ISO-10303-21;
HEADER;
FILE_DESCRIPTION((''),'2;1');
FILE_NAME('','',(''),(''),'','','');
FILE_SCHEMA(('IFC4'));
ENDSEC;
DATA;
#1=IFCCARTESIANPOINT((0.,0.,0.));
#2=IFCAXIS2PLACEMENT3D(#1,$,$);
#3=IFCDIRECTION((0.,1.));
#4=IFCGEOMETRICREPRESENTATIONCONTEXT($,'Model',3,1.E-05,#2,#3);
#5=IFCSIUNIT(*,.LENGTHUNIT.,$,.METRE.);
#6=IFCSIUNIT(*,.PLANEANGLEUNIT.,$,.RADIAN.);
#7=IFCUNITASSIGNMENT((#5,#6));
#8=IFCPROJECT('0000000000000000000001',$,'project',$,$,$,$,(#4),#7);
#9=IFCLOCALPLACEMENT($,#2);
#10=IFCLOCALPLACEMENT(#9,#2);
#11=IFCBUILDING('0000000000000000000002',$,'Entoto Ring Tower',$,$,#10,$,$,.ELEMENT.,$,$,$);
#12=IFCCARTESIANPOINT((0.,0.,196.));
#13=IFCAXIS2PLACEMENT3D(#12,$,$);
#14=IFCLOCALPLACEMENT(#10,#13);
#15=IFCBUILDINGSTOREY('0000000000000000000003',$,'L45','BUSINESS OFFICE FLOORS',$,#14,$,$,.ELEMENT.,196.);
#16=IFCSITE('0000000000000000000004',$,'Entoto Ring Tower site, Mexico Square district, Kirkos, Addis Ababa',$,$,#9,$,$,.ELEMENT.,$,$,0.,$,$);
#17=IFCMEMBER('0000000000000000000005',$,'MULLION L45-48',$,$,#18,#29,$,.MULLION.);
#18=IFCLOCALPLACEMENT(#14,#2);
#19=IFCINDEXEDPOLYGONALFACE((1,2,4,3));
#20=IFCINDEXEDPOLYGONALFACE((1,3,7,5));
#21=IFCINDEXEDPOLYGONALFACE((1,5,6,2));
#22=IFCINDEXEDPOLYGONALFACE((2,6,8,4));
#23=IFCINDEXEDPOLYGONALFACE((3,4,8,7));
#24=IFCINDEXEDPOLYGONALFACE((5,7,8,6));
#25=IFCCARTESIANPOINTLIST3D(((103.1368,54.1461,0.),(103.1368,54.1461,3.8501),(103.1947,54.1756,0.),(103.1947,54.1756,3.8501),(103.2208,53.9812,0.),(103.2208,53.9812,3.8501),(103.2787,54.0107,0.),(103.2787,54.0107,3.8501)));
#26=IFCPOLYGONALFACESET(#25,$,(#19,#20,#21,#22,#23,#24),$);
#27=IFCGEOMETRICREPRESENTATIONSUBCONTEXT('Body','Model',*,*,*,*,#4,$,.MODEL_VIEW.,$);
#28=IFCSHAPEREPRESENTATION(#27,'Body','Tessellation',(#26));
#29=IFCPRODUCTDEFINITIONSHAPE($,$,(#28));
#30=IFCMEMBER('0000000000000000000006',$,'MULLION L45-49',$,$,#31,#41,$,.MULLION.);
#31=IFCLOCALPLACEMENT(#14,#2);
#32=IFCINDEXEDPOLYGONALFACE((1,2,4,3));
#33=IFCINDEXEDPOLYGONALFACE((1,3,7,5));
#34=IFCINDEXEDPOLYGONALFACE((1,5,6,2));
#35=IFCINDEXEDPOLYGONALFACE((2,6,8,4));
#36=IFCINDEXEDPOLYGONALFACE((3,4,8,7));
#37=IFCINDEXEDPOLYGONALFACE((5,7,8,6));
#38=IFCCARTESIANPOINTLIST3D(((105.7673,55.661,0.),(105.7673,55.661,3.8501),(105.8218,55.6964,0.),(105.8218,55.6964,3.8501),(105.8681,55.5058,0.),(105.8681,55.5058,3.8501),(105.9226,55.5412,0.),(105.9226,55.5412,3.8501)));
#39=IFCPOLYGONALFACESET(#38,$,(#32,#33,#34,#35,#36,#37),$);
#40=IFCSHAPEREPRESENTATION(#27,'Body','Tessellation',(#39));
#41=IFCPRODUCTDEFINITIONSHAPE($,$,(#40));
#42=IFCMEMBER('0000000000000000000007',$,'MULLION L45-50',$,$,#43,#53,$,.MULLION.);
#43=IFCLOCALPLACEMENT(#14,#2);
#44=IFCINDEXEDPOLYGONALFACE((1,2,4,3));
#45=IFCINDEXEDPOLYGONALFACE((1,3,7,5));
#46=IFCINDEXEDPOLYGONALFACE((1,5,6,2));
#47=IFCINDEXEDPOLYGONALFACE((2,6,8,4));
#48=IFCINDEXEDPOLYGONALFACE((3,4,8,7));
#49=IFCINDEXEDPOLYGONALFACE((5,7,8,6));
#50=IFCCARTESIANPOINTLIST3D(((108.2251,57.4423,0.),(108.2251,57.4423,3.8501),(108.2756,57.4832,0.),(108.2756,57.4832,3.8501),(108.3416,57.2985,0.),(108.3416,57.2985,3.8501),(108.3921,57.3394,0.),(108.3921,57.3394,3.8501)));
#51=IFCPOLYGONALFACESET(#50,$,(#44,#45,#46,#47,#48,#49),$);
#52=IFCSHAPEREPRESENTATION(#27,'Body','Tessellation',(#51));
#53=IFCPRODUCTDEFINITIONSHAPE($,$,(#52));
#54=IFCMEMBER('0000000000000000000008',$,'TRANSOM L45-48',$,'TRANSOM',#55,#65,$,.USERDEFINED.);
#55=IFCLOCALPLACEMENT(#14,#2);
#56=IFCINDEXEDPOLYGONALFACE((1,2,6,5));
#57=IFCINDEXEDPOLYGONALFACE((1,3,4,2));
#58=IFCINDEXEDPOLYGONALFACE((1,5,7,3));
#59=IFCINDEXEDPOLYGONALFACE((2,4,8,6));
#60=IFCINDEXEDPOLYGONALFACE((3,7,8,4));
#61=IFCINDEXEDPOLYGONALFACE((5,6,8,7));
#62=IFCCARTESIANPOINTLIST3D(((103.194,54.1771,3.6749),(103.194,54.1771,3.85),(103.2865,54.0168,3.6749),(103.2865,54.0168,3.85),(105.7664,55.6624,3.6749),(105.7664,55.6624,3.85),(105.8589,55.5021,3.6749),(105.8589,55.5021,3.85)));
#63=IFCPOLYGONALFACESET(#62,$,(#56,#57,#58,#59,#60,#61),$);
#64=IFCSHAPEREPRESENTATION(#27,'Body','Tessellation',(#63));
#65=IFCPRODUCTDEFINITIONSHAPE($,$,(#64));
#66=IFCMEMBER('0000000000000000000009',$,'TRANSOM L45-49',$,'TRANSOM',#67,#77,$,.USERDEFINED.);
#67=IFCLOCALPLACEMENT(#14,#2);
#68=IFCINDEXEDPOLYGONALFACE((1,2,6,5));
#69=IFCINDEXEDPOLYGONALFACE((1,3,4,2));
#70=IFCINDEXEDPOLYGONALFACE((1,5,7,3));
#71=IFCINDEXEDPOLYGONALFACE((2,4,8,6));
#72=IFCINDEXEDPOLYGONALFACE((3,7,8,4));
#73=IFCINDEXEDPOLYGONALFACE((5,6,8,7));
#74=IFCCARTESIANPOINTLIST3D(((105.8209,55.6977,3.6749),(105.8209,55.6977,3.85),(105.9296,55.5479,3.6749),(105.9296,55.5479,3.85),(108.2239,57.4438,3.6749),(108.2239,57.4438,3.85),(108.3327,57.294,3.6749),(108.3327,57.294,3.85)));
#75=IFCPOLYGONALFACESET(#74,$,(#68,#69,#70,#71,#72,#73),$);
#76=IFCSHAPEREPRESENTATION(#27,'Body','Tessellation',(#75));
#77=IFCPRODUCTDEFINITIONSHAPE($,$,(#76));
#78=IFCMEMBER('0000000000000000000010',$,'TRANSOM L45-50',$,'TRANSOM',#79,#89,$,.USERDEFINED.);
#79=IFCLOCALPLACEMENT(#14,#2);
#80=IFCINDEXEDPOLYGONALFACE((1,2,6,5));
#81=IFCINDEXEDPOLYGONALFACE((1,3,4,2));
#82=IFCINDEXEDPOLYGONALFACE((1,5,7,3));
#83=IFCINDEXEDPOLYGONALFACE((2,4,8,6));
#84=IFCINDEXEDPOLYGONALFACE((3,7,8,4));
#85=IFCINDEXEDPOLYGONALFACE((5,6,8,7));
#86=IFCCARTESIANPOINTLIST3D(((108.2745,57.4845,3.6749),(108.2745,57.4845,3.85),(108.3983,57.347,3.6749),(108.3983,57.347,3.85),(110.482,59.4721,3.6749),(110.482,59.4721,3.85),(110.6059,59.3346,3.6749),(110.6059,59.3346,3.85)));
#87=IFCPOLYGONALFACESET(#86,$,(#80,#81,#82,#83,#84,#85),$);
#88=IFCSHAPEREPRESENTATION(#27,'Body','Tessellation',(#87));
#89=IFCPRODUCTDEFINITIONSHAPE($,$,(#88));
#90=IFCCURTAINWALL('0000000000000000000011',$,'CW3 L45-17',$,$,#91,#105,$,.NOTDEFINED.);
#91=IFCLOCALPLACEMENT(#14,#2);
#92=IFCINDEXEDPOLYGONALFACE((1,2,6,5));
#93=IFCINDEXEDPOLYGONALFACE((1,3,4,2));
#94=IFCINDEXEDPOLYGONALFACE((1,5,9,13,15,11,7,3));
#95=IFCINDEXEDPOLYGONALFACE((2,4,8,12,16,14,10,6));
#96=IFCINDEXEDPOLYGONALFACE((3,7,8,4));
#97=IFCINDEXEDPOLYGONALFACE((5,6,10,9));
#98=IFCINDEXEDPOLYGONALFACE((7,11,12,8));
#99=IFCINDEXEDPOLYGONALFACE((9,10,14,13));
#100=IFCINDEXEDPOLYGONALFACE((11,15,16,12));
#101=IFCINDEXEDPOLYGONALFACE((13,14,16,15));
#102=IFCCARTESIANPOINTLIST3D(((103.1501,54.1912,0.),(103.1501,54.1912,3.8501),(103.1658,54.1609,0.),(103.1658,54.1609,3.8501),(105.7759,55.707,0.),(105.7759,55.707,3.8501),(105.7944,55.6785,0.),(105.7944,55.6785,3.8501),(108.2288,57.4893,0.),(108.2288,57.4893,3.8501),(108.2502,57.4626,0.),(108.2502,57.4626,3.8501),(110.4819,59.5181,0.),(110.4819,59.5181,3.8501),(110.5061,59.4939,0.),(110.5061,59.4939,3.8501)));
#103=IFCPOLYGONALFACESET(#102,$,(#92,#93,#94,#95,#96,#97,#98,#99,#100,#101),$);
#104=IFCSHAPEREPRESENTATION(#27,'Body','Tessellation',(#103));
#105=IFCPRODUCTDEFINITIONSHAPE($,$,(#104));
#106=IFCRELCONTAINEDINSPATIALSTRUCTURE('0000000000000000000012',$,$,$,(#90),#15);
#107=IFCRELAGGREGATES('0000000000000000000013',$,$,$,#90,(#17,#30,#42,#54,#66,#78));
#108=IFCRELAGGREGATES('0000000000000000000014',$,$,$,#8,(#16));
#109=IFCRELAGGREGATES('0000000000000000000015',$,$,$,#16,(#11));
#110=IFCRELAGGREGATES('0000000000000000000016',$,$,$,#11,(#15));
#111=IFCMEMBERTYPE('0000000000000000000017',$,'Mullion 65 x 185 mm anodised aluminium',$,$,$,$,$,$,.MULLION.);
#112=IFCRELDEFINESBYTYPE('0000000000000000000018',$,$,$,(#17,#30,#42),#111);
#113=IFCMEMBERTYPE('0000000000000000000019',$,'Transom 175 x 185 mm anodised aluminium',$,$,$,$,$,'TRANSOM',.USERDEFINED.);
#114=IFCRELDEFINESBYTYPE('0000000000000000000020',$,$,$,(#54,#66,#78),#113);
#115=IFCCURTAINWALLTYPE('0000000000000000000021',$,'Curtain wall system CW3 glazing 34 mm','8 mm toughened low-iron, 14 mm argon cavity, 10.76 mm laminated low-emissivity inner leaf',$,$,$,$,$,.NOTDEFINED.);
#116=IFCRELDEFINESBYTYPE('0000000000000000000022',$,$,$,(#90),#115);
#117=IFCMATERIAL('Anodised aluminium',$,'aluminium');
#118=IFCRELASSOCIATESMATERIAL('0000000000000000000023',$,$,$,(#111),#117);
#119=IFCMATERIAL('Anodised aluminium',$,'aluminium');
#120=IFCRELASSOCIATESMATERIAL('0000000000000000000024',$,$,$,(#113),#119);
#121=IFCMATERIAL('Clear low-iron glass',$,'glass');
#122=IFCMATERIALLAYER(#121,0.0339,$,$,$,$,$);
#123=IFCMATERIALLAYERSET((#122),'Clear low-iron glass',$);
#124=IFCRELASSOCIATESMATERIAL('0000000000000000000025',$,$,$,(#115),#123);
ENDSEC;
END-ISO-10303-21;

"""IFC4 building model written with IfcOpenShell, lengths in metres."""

from ifc_helpers import new_model, si_unit, direction, frame, origin, origin_2d, place, context, subcontext, project, spatial, polyline, rectangle, outline, extrude, material, layer, layer_set, material_profile, profile_set, type_object, element, aggregate, save


model = new_model("IFC4")

# Units and contexts
model_context = context("Model", 3, precision=1e-05, world=origin(), true_north=direction((0.0, 1.0)))
body_context = subcontext(model_context, "Body", "Model", "MODEL_VIEW")
ifc_project = project(units=[si_unit("LENGTHUNIT", "METRE"), si_unit("PLANEANGLEUNIT", "RADIAN")], contexts=[model_context])

# Members
ifc_material_1 = material(Name="Anodised aluminium", Category="aluminium")
ifc_material_profile_1 = material_profile(ifc_material_1, rectangle(XDim=0.0649, YDim=0.1851, at=origin_2d()), Name="Mullion 65 x 185 mm anodised aluminium")
ifc_profile_set_1 = profile_set([ifc_material_profile_1], Name="Anodised aluminium")
member_type_1 = type_object("IfcMemberType", Name="Mullion 65 x 185 mm anodised aluminium", PredefinedType="MULLION", material=ifc_profile_set_1)
site_placement = place(None, origin())
building_placement = place(site_placement, origin())
storey_placement = place(building_placement, frame((0.0, 0.0, 196.0)))
member_1_placement = place(storey_placement, frame((103.2078, 54.0784, 0.0), z_axis=(0.0, 0.0, 1.0), x_axis=(0.891007, 0.45399, 0.0)))
member_1 = element("IfcMember", 1, at=member_1_placement, type_object=member_type_1, Name="MULLION L45-48", PredefinedType="MULLION", context=body_context, shape_type="SweptSolid", body=[
    extrude(rectangle(XDim=0.0649, YDim=0.1851, at=origin_2d()), origin(), (0.0, 0.0, 1.0), 3.8501),
])
member_2_placement = place(storey_placement, frame((105.845, 55.6011, 0.0), z_axis=(0.0, 0.0, 1.0), x_axis=(0.838671, 0.544639, 0.0)))
member_2 = element("IfcMember", 2, at=member_2_placement, type_object=member_type_1, Name="MULLION L45-49", PredefinedType="MULLION", context=body_context, shape_type="SweptSolid", body=[
    extrude(rectangle(XDim=0.0649, YDim=0.1851, at=origin_2d()), origin(), (0.0, 0.0, 1.0), 3.8501),
])
member_3_placement = place(storey_placement, frame((108.3086, 57.3909, 0.0), z_axis=(0.0, 0.0, 1.0), x_axis=(0.777146, 0.62932, 0.0)))
member_3 = element("IfcMember", 3, at=member_3_placement, type_object=member_type_1, Name="MULLION L45-50", PredefinedType="MULLION", context=body_context, shape_type="SweptSolid", body=[
    extrude(rectangle(XDim=0.0649, YDim=0.1851, at=origin_2d()), origin(), (0.0, 0.0, 1.0), 3.8501),
])
ifc_material_2 = material(Name="Anodised aluminium", Category="aluminium")
ifc_material_profile_2 = material_profile(ifc_material_2, rectangle(XDim=0.1851, YDim=0.175, at=origin_2d()), Name="Transom 175 x 185 mm anodised aluminium")
ifc_profile_set_2 = profile_set([ifc_material_profile_2], Name="Anodised aluminium")
member_type_2 = type_object("IfcMemberType", Name="Transom 175 x 185 mm anodised aluminium", ElementType="TRANSOM", PredefinedType="USERDEFINED", material=ifc_profile_set_2)
member_4_placement = place(storey_placement, frame((103.2402, 54.0969, 3.7625), z_axis=(0.866009, 0.500028, 0.0), x_axis=(-0.500028, 0.866009, 0.0)))
member_4 = element("IfcMember", 4, at=member_4_placement, type_object=member_type_2, Name="TRANSOM L45-48", ObjectType="TRANSOM", PredefinedType="USERDEFINED", context=body_context, shape_type="SweptSolid", body=[
    extrude(rectangle(XDim=0.1851, YDim=0.175, at=origin_2d()), origin(), (0.0, 0.0, 1.0), 2.9705),
])
member_5_placement = place(storey_placement, frame((105.8752, 55.6228, 3.7625), z_axis=(0.808992, 0.58782, 0.0), x_axis=(-0.58782, 0.808992, 0.0)))
member_5 = element("IfcMember", 5, at=member_5_placement, type_object=member_type_2, Name="TRANSOM L45-49", ObjectType="TRANSOM", PredefinedType="USERDEFINED", context=body_context, shape_type="SweptSolid", body=[
    extrude(rectangle(XDim=0.1851, YDim=0.175, at=origin_2d()), origin(), (0.0, 0.0, 1.0), 2.9705),
])
member_6_placement = place(storey_placement, frame((108.3364, 57.4158, 3.7625), z_axis=(0.743163, 0.66911, 0.0), x_axis=(-0.66911, 0.743163, 0.0)))
member_6 = element("IfcMember", 6, at=member_6_placement, type_object=member_type_2, Name="TRANSOM L45-50", ObjectType="TRANSOM", PredefinedType="USERDEFINED", context=body_context, shape_type="SweptSolid", body=[
    extrude(rectangle(XDim=0.1851, YDim=0.175, at=origin_2d()), origin(), (0.0, 0.0, 1.0), 2.9705),
])

# Site, building, storey
site = spatial("IfcSite", under=ifc_project, at=site_placement, Name="Entoto Ring Tower site, Mexico Square district, Kirkos, Addis Ababa", CompositionType="ELEMENT", RefElevation=0.0)
building = spatial("IfcBuilding", under=site, at=building_placement, Name="Entoto Ring Tower", CompositionType="ELEMENT")
storey = spatial("IfcBuildingStorey", under=building, at=storey_placement, Name="L45", Description="BUSINESS OFFICE FLOORS", CompositionType="ELEMENT", Elevation=196.0)

# Curtain wall
ifc_material_3 = material(Name="Clear low-iron glass", Category="glass")
ifc_layer_1 = layer(ifc_material_3, 0.0339)
ifc_layer_set_1 = layer_set([ifc_layer_1], Name="Clear low-iron glass")
curtain_wall_type = type_object("IfcCurtainWallType", Name="Curtain wall system CW3 glazing 34 mm", Description="8 mm toughened low-iron, 14 mm argon cavity, 10.76 mm laminated low-emissivity inner leaf", PredefinedType="NOTDEFINED", material=ifc_layer_set_1)
curtain_wall_1_placement = place(storey_placement, origin())
curtain_wall_1 = element("IfcCurtainWall", 7, at=curtain_wall_1_placement, inside=storey, type_object=curtain_wall_type, Name="CW3 L45-17", PredefinedType="NOTDEFINED", context=body_context, shape_type="SweptSolid", body=[
    extrude(outline(polyline([(103.1658, 54.1609), (105.7944, 55.6785), (108.2502, 57.4626), (110.5061, 59.4939), (110.4819, 59.5181), (108.2288, 57.4893), (105.7759, 55.707), (103.1501, 54.1912), (103.1658, 54.1609)])), origin(), (0.0, 0.0, 1.0), 3.8501),
])
aggregate(curtain_wall_1, [member_1, member_2, member_3, member_4, member_5, member_6])

save(model, "model.ifc")
